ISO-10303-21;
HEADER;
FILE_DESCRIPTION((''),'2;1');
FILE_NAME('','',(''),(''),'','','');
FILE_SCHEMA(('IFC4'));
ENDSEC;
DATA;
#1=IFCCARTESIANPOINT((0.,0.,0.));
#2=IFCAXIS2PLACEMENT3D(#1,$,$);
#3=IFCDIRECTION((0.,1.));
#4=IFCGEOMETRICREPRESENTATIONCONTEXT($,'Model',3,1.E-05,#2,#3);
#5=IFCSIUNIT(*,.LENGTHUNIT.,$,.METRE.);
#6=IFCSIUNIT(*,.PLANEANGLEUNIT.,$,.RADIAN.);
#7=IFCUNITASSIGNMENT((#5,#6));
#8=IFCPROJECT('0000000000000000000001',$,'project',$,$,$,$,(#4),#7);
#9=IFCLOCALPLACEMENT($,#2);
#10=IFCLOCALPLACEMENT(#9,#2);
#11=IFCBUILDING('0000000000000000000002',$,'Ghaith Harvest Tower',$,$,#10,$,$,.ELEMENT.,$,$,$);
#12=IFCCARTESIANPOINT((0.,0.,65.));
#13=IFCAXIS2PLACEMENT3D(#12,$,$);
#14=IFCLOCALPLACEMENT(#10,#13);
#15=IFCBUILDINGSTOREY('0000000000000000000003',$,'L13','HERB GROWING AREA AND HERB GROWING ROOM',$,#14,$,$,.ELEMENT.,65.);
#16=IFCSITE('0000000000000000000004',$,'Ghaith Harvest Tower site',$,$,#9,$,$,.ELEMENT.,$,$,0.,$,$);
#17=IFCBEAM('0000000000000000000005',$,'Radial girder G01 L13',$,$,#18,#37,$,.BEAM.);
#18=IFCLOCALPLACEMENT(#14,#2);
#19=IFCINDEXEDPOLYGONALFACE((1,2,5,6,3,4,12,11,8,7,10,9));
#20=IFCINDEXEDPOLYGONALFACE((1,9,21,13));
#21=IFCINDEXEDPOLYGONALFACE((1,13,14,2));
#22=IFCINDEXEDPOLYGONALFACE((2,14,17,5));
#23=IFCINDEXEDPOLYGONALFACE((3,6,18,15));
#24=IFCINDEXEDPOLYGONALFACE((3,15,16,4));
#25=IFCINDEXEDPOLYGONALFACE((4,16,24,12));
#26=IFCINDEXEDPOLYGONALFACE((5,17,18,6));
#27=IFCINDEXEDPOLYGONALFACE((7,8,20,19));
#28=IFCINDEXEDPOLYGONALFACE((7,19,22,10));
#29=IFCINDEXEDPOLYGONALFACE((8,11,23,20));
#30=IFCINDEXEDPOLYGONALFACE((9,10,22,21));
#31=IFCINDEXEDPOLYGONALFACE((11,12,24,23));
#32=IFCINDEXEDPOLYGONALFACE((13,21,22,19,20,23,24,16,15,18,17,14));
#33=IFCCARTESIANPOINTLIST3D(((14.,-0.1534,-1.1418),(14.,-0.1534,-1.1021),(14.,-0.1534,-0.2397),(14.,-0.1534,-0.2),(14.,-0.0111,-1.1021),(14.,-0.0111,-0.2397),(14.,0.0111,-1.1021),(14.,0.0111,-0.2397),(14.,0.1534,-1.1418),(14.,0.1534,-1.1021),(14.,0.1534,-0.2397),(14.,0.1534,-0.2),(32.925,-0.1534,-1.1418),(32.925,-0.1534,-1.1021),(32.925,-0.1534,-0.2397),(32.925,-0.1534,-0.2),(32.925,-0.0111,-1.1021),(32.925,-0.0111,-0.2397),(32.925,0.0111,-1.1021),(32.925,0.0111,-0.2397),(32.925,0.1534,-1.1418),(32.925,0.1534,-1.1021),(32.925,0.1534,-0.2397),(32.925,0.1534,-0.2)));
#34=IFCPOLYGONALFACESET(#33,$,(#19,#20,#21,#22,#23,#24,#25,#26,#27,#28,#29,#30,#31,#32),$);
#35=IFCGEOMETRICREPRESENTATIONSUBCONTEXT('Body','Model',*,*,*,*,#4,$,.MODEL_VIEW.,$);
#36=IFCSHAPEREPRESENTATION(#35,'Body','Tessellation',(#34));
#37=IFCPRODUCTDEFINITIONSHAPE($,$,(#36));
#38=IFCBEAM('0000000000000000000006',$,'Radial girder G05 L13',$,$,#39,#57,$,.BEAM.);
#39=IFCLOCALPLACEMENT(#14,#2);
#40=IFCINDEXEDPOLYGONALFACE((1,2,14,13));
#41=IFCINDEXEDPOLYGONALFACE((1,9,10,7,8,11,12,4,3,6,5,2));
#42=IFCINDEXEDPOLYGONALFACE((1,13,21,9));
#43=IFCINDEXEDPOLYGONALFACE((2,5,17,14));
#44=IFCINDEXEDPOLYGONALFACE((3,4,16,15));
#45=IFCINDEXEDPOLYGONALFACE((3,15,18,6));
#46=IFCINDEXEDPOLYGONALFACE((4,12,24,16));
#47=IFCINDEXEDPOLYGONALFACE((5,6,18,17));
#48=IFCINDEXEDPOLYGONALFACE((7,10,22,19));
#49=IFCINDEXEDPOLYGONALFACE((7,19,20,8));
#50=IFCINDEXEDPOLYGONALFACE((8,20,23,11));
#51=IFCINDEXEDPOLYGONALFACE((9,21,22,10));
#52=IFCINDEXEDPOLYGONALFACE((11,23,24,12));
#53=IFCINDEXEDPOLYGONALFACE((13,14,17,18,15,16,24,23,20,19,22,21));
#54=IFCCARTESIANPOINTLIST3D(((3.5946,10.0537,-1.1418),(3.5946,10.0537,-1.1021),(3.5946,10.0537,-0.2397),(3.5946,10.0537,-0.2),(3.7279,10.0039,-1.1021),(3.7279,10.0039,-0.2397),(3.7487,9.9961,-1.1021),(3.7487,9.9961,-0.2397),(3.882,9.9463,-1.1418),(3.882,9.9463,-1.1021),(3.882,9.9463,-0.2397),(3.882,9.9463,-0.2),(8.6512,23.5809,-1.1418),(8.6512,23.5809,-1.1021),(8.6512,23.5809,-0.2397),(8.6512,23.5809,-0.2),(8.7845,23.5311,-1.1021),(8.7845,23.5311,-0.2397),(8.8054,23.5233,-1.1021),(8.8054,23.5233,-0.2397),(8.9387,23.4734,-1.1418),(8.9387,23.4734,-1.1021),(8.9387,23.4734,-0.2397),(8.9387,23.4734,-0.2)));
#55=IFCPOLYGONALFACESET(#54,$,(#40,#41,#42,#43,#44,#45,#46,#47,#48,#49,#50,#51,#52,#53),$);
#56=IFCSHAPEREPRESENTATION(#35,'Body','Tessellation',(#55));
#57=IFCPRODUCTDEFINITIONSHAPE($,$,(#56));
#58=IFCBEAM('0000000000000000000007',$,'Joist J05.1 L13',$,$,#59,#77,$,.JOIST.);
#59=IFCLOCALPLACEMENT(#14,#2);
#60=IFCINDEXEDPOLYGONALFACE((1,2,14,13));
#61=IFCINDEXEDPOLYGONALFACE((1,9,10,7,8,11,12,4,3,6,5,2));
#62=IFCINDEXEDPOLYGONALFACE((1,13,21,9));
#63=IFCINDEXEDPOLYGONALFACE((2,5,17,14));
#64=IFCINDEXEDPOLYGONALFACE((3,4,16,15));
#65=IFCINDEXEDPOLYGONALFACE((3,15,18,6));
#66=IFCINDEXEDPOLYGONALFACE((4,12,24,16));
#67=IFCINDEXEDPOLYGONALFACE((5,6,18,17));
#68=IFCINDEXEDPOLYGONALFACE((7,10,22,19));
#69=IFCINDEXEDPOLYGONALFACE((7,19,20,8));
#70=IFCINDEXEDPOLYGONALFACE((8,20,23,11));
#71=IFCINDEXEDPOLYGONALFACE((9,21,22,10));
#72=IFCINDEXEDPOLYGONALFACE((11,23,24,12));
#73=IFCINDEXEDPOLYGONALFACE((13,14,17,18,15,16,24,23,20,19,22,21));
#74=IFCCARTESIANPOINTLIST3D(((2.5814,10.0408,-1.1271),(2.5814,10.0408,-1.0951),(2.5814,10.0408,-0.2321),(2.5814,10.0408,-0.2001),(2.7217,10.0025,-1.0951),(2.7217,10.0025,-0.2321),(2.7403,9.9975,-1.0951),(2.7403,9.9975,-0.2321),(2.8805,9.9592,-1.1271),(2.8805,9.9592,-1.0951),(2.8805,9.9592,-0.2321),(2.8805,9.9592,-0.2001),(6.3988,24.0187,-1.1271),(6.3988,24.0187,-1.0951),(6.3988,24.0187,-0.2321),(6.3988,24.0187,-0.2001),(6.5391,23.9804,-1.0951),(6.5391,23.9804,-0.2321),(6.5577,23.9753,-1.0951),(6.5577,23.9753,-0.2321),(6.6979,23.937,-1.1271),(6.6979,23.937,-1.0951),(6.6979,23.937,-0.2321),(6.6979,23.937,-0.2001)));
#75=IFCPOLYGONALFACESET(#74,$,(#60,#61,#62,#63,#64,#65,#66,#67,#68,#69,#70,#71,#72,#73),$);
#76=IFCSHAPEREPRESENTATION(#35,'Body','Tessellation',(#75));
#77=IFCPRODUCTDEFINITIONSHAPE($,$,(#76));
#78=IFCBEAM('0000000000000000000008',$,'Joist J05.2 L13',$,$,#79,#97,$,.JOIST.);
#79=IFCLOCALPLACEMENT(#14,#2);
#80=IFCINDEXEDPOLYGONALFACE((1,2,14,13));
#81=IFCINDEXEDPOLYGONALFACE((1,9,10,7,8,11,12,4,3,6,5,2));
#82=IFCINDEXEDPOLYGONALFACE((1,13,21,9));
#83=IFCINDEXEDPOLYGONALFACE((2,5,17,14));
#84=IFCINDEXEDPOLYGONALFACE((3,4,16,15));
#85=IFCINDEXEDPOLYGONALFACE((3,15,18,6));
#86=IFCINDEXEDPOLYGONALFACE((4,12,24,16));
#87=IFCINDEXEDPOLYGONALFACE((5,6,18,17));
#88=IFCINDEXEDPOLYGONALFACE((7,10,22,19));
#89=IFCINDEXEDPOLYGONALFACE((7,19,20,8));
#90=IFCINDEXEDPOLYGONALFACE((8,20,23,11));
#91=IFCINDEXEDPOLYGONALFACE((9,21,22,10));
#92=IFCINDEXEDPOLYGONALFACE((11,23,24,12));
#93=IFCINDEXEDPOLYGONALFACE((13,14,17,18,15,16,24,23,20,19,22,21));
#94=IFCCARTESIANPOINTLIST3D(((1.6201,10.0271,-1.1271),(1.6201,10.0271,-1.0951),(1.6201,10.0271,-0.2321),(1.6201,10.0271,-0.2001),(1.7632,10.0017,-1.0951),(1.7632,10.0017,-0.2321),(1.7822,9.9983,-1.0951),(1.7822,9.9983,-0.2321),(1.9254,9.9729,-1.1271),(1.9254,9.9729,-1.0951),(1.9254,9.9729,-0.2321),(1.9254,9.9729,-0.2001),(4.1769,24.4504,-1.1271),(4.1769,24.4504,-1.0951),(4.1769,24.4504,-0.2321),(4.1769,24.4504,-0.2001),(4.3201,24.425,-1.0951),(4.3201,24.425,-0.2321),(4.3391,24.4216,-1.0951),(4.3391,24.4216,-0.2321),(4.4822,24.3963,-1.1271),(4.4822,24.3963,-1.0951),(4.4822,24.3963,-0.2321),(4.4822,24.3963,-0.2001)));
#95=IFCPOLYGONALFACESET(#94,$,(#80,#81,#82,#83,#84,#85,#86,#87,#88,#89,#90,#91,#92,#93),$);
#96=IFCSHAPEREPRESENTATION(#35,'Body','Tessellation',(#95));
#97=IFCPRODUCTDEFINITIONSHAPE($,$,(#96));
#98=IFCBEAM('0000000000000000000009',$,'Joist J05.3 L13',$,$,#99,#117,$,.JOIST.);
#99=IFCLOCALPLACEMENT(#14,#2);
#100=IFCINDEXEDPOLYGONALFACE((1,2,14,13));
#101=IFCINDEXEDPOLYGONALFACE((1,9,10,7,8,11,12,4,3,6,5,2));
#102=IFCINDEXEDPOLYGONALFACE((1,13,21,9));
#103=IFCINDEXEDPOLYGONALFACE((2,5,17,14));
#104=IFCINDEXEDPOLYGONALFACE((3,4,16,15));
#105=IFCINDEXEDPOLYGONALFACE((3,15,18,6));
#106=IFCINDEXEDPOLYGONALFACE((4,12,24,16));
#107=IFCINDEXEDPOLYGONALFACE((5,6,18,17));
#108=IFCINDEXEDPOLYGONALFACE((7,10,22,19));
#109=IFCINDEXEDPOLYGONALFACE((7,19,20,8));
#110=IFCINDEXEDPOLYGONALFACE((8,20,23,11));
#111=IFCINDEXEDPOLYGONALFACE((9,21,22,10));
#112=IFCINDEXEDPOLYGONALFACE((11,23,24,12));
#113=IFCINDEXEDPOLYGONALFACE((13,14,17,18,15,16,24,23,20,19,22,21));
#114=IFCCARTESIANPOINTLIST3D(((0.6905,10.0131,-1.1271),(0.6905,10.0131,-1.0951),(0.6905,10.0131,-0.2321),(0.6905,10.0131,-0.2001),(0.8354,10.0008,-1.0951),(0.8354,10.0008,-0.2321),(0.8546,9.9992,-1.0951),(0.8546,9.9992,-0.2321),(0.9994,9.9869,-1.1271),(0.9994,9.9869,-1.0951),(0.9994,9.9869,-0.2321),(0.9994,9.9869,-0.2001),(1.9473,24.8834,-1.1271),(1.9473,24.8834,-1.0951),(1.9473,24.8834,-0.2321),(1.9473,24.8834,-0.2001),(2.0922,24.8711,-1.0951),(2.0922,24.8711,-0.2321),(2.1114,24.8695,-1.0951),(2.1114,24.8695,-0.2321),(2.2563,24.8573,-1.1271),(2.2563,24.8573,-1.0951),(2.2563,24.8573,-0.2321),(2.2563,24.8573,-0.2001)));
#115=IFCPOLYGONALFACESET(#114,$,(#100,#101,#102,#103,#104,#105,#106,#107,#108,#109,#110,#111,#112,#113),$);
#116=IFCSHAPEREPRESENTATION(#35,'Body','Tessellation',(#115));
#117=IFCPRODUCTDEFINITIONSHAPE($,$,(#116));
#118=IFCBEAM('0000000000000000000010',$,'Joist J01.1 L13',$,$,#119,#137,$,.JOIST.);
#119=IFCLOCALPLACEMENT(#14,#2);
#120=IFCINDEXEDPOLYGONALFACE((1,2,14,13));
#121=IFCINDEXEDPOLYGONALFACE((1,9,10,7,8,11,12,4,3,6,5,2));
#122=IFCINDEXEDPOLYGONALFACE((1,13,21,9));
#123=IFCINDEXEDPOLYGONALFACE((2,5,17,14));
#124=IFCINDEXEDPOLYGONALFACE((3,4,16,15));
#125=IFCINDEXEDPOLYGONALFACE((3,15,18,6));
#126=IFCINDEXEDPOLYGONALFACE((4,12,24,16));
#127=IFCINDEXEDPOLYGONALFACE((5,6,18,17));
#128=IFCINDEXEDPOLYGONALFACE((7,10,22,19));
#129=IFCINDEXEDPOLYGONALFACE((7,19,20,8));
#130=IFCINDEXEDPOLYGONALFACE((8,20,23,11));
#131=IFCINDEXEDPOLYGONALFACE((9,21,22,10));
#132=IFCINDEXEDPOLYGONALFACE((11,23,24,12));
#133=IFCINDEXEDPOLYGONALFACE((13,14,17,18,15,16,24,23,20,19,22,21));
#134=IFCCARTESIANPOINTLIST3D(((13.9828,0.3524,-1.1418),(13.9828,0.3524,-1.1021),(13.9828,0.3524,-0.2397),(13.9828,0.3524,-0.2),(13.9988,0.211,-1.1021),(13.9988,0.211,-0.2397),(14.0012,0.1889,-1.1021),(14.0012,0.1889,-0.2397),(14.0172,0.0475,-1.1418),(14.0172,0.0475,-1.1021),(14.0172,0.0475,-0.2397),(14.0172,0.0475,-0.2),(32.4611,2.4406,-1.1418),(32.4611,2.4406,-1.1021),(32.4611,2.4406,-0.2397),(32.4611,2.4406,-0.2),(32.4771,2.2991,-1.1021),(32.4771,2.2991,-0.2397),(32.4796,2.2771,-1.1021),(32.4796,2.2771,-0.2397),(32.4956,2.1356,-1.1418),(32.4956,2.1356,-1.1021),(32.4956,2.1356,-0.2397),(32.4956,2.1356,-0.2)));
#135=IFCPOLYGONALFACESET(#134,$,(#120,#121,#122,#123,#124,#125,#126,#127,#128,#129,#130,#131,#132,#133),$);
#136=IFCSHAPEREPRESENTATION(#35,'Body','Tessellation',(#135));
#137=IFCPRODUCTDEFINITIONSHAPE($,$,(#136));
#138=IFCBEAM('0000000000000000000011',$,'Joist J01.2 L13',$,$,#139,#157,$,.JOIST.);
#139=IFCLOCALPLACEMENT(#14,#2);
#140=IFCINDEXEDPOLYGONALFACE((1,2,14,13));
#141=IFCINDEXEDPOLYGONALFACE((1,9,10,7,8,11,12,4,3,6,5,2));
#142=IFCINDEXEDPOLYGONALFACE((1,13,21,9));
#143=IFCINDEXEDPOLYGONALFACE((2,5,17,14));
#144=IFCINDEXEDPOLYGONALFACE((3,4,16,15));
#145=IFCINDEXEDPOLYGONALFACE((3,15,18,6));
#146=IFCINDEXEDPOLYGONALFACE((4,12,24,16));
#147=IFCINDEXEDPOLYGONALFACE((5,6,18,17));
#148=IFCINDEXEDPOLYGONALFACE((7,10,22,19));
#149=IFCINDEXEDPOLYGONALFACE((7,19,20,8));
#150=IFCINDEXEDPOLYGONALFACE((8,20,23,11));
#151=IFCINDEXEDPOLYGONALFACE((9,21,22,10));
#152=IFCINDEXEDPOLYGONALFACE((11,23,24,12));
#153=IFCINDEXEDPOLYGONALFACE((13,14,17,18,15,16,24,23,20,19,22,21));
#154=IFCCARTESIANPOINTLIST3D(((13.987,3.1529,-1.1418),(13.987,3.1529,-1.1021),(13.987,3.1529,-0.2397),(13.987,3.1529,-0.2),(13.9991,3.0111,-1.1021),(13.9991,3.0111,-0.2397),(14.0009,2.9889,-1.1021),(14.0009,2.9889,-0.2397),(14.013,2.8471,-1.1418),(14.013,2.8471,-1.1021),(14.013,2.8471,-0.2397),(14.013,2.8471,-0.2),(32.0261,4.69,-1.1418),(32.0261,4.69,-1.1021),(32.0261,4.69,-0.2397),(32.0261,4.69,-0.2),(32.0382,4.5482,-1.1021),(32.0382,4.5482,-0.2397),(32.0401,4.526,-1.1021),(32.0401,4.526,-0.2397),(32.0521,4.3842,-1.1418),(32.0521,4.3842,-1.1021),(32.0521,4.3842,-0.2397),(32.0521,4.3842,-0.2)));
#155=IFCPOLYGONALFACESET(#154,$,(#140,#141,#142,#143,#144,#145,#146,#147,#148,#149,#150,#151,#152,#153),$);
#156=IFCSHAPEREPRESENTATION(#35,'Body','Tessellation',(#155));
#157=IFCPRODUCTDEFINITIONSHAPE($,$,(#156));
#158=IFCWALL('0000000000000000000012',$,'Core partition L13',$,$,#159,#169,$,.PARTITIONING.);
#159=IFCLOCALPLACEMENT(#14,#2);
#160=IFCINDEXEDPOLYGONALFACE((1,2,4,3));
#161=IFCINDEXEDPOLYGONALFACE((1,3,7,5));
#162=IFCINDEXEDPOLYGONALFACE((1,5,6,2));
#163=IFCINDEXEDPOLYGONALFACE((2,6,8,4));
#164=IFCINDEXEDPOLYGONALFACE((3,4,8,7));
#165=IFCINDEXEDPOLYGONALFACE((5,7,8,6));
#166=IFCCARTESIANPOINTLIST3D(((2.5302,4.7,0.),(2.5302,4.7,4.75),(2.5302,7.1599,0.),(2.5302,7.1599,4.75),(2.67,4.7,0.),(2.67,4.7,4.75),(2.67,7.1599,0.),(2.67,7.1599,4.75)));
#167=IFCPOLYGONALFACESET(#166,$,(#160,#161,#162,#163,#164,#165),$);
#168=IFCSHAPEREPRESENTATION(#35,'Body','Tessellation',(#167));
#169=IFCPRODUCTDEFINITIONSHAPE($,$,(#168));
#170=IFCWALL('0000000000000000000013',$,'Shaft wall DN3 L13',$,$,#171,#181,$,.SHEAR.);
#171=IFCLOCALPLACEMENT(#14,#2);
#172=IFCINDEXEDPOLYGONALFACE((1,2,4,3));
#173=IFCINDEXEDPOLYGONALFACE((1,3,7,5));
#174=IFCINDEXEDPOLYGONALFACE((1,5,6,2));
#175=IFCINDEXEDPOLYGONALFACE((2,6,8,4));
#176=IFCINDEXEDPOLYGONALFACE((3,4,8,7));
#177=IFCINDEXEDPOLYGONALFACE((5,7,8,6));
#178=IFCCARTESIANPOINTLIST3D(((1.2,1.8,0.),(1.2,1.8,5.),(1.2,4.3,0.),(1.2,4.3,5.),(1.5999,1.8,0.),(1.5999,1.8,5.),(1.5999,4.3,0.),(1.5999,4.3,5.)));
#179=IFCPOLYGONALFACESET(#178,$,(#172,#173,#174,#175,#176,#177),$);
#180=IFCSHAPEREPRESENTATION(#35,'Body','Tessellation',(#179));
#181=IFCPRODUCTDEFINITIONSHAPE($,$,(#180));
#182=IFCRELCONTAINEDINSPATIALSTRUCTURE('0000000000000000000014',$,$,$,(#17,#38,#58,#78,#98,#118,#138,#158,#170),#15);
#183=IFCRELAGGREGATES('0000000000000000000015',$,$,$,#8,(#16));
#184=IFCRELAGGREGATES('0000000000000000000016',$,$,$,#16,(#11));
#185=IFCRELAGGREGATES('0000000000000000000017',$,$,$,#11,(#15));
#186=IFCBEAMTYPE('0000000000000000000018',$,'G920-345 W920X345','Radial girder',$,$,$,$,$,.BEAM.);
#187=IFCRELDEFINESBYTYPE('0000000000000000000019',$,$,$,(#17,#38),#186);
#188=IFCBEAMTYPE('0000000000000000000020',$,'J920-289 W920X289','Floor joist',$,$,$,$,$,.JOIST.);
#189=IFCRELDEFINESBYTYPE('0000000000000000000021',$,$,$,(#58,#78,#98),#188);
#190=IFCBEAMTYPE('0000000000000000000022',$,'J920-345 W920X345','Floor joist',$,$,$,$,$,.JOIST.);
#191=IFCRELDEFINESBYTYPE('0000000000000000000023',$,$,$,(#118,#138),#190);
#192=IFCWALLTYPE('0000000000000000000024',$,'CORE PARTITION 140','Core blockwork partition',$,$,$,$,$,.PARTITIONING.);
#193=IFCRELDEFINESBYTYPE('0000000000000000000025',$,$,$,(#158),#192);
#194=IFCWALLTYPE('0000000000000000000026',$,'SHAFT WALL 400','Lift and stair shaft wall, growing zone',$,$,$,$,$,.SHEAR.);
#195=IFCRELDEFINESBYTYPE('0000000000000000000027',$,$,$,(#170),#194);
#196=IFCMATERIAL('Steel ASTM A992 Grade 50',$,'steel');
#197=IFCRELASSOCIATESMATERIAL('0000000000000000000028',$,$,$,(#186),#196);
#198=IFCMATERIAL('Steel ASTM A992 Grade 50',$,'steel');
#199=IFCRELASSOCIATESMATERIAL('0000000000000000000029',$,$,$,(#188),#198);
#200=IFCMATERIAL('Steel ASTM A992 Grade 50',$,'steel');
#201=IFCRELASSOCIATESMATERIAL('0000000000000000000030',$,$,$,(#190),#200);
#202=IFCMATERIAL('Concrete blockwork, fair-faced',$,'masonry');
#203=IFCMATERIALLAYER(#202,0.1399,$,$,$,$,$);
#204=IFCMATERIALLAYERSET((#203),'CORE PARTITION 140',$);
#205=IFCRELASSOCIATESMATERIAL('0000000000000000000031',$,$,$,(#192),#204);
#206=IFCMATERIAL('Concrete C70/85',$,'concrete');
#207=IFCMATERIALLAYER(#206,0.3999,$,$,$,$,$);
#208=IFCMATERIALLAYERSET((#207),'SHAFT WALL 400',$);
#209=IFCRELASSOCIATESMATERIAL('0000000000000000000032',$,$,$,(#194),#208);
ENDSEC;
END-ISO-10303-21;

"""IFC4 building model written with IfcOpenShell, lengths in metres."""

from ifc_helpers import new_model, si_unit, direction, frame, frame_2d, origin, origin_2d, place, context, subcontext, project, spatial, rectangle, i_section, extrude, material, layer, layer_set, material_profile, profile_set, type_object, element, save


model = new_model("IFC4")

# Units and contexts
model_context = context("Model", 3, precision=1e-05, world=origin(), true_north=direction((0.0, 1.0)))
body_context = subcontext(model_context, "Body", "Model", "MODEL_VIEW")
ifc_project = project(units=[si_unit("LENGTHUNIT", "METRE"), si_unit("PLANEANGLEUNIT", "RADIAN")], contexts=[model_context])

# Site, building, storey
site_placement = place(None, origin())
site = spatial("IfcSite", under=ifc_project, at=site_placement, Name="Ghaith Harvest Tower site", CompositionType="ELEMENT", RefElevation=0.0)
building_placement = place(site_placement, origin())
building = spatial("IfcBuilding", under=site, at=building_placement, Name="Ghaith Harvest Tower", CompositionType="ELEMENT")
storey_placement = place(building_placement, frame((0.0, 0.0, 65.0)))
storey = spatial("IfcBuildingStorey", under=building, at=storey_placement, Name="L13", Description="HERB GROWING AREA AND HERB GROWING ROOM", CompositionType="ELEMENT", Elevation=65.0)

# Beams
ifc_material_1 = material(Name="Steel ASTM A992 Grade 50", Category="steel")
ifc_material_profile_1 = material_profile(ifc_material_1, i_section(OverallWidth=0.3069, OverallDepth=0.9419, WebThickness=0.0222, FlangeThickness=0.0398, at=origin_2d()), Name="W920X345")
ifc_profile_set_1 = profile_set([ifc_material_profile_1], Name="Steel ASTM A992 Grade 50")
beam_type_1 = type_object("IfcBeamType", Name="G920-345 W920X345", Description="Radial girder", PredefinedType="BEAM", material=ifc_profile_set_1)
beam_1_placement = place(storey_placement, frame((14.0, 0.0, -0.6709), z_axis=(1.0, 0.0, 0.0), x_axis=(0.0, 1.0, 0.0)))
element("IfcBeam", 1, at=beam_1_placement, inside=storey, type_object=beam_type_1, Name="Radial girder G01 L13", PredefinedType="BEAM", context=body_context, shape_type="SweptSolid", body=[
    extrude(i_section(OverallWidth=0.3069, OverallDepth=0.9419, WebThickness=0.0222, FlangeThickness=0.0398, at=origin_2d()), origin(), (0.0, 0.0, 1.0), 18.925),
])
beam_2_placement = place(storey_placement, frame((3.7383, 10.0, -0.6709), z_axis=(0.350151, 0.936693, 0.0), x_axis=(-0.936693, 0.350151, 0.0)))
element("IfcBeam", 2, at=beam_2_placement, inside=storey, type_object=beam_type_1, Name="Radial girder G05 L13", PredefinedType="BEAM", context=body_context, shape_type="SweptSolid", body=[
    extrude(i_section(OverallWidth=0.3069, OverallDepth=0.9419, WebThickness=0.0222, FlangeThickness=0.0398, at=origin_2d()), origin(), (0.0, 0.0, 1.0), 14.4414),
])
ifc_material_2 = material(Name="Steel ASTM A992 Grade 50", Category="steel")
ifc_material_profile_2 = material_profile(ifc_material_2, i_section(OverallWidth=0.3101, OverallDepth=0.927, WebThickness=0.0193, FlangeThickness=0.032, at=origin_2d()), Name="W920X289")
ifc_profile_set_2 = profile_set([ifc_material_profile_2], Name="Steel ASTM A992 Grade 50")
beam_type_2 = type_object("IfcBeamType", Name="J920-289 W920X289", Description="Floor joist", PredefinedType="JOIST", material=ifc_profile_set_2)
beam_3_placement = place(storey_placement, frame((2.731, 10.0, -0.6636), z_axis=(0.263455, 0.964672, 0.0), x_axis=(-0.964672, 0.263455, 0.0)))
element("IfcBeam", 3, at=beam_3_placement, inside=storey, type_object=beam_type_2, Name="Joist J05.1 L13", PredefinedType="JOIST", context=body_context, shape_type="SweptSolid", body=[
    extrude(i_section(OverallWidth=0.3101, OverallDepth=0.927, WebThickness=0.0193, FlangeThickness=0.032, at=origin_2d()), origin(), (0.0, 0.0, 1.0), 14.4897),
])
beam_4_placement = place(storey_placement, frame((1.7727, 10.0, -0.6636), z_axis=(0.174553, 0.984648, 0.0), x_axis=(-0.984648, 0.174553, 0.0)))
element("IfcBeam", 4, at=beam_4_placement, inside=storey, type_object=beam_type_2, Name="Joist J05.2 L13", PredefinedType="JOIST", context=body_context, shape_type="SweptSolid", body=[
    extrude(i_section(OverallWidth=0.3101, OverallDepth=0.927, WebThickness=0.0193, FlangeThickness=0.032, at=origin_2d()), origin(), (0.0, 0.0, 1.0), 14.6482),
])
beam_5_placement = place(storey_placement, frame((0.845, 10.0, -0.6636), z_axis=(0.084219, 0.996447, 0.0), x_axis=(-0.996447, 0.084219, 0.0)))
element("IfcBeam", 5, at=beam_5_placement, inside=storey, type_object=beam_type_2, Name="Joist J05.3 L13", PredefinedType="JOIST", context=body_context, shape_type="SweptSolid", body=[
    extrude(i_section(OverallWidth=0.3101, OverallDepth=0.927, WebThickness=0.0193, FlangeThickness=0.032, at=origin_2d()), origin(), (0.0, 0.0, 1.0), 14.9233),
])
ifc_material_3 = material(Name="Steel ASTM A992 Grade 50", Category="steel")
ifc_material_profile_3 = material_profile(ifc_material_3, i_section(OverallWidth=0.3069, OverallDepth=0.9419, WebThickness=0.0222, FlangeThickness=0.0398, at=origin_2d()), Name="W920X345")
ifc_profile_set_3 = profile_set([ifc_material_profile_3], Name="Steel ASTM A992 Grade 50")
beam_type_3 = type_object("IfcBeamType", Name="J920-345 W920X345", Description="Floor joist", PredefinedType="JOIST", material=ifc_profile_set_3)
beam_6_placement = place(storey_placement, frame((14.0, 0.2, -0.6709), z_axis=(0.993675, 0.11229, 0.0), x_axis=(-0.11229, 0.993675, 0.0)))
element("IfcBeam", 6, at=beam_6_placement, inside=storey, type_object=beam_type_3, Name="Joist J01.1 L13", PredefinedType="JOIST", context=body_context, shape_type="SweptSolid", body=[
    extrude(i_section(OverallWidth=0.3069, OverallDepth=0.9419, WebThickness=0.0222, FlangeThickness=0.0398, at=origin_2d()), origin(), (0.0, 0.0, 1.0), 18.5959),
])
beam_7_placement = place(storey_placement, frame((14.0, 3.0, -0.6709), z_axis=(0.996389, 0.084902, 0.0), x_axis=(-0.084902, 0.996389, 0.0)))
element("IfcBeam", 7, at=beam_7_placement, inside=storey, type_object=beam_type_3, Name="Joist J01.2 L13", PredefinedType="JOIST", context=body_context, shape_type="SweptSolid", body=[
    extrude(i_section(OverallWidth=0.3069, OverallDepth=0.9419, WebThickness=0.0222, FlangeThickness=0.0398, at=origin_2d()), origin(), (0.0, 0.0, 1.0), 18.1045),
])

# Wall
ifc_material_4 = material(Name="Concrete blockwork, fair-faced", Category="masonry")
ifc_layer_1 = layer(ifc_material_4, 0.1399)
ifc_layer_set_1 = layer_set([ifc_layer_1], Name="CORE PARTITION 140")
wall_type_1 = type_object("IfcWallType", Name="CORE PARTITION 140", Description="Core blockwork partition", PredefinedType="PARTITIONING", material=ifc_layer_set_1)
wall_1_placement = place(storey_placement, frame((2.6001, 4.7, 0.0), z_axis=(0.0, 0.0, 1.0), x_axis=(0.0, 1.0, 0.0)))
element("IfcWall", 8, at=wall_1_placement, inside=storey, type_object=wall_type_1, Name="Core partition L13", PredefinedType="PARTITIONING", context=body_context, shape_type="SweptSolid", body=[
    extrude(rectangle(XDim=2.46, YDim=0.1399, at=frame_2d((1.23, 0.0))), origin(), (0.0, 0.0, 1.0), 4.75),
])

# Shared definitions
ifc_material_5 = material(Name="Concrete C70/85", Category="concrete")
ifc_layer_2 = layer(ifc_material_5, 0.3999)
ifc_layer_set_2 = layer_set([ifc_layer_2], Name="SHAFT WALL 400")
wall_type_2 = type_object("IfcWallType", Name="SHAFT WALL 400", Description="Lift and stair shaft wall, growing zone", PredefinedType="SHEAR", material=ifc_layer_set_2)

# Wall
for number, where, z_axis, x_axis, name in (
    (9, (1.3999, 1.8, 0.0), (0.0, 0.0, 1.0), (0.0, 1.0, 0.0), "Shaft wall DN3 L13"),
):
    element("IfcWall", number, at=place(storey_placement, frame(where, z_axis=z_axis, x_axis=x_axis)), inside=storey, type_object=wall_type_2, Name=name, PredefinedType="SHEAR", context=body_context, shape_type="SweptSolid", body=[
        extrude(rectangle(XDim=2.5, YDim=0.3999, at=frame_2d((1.25, 0.0))), origin(), (0.0, 0.0, 1.0), 5.0),
    ])

save(model, "model.ifc")
